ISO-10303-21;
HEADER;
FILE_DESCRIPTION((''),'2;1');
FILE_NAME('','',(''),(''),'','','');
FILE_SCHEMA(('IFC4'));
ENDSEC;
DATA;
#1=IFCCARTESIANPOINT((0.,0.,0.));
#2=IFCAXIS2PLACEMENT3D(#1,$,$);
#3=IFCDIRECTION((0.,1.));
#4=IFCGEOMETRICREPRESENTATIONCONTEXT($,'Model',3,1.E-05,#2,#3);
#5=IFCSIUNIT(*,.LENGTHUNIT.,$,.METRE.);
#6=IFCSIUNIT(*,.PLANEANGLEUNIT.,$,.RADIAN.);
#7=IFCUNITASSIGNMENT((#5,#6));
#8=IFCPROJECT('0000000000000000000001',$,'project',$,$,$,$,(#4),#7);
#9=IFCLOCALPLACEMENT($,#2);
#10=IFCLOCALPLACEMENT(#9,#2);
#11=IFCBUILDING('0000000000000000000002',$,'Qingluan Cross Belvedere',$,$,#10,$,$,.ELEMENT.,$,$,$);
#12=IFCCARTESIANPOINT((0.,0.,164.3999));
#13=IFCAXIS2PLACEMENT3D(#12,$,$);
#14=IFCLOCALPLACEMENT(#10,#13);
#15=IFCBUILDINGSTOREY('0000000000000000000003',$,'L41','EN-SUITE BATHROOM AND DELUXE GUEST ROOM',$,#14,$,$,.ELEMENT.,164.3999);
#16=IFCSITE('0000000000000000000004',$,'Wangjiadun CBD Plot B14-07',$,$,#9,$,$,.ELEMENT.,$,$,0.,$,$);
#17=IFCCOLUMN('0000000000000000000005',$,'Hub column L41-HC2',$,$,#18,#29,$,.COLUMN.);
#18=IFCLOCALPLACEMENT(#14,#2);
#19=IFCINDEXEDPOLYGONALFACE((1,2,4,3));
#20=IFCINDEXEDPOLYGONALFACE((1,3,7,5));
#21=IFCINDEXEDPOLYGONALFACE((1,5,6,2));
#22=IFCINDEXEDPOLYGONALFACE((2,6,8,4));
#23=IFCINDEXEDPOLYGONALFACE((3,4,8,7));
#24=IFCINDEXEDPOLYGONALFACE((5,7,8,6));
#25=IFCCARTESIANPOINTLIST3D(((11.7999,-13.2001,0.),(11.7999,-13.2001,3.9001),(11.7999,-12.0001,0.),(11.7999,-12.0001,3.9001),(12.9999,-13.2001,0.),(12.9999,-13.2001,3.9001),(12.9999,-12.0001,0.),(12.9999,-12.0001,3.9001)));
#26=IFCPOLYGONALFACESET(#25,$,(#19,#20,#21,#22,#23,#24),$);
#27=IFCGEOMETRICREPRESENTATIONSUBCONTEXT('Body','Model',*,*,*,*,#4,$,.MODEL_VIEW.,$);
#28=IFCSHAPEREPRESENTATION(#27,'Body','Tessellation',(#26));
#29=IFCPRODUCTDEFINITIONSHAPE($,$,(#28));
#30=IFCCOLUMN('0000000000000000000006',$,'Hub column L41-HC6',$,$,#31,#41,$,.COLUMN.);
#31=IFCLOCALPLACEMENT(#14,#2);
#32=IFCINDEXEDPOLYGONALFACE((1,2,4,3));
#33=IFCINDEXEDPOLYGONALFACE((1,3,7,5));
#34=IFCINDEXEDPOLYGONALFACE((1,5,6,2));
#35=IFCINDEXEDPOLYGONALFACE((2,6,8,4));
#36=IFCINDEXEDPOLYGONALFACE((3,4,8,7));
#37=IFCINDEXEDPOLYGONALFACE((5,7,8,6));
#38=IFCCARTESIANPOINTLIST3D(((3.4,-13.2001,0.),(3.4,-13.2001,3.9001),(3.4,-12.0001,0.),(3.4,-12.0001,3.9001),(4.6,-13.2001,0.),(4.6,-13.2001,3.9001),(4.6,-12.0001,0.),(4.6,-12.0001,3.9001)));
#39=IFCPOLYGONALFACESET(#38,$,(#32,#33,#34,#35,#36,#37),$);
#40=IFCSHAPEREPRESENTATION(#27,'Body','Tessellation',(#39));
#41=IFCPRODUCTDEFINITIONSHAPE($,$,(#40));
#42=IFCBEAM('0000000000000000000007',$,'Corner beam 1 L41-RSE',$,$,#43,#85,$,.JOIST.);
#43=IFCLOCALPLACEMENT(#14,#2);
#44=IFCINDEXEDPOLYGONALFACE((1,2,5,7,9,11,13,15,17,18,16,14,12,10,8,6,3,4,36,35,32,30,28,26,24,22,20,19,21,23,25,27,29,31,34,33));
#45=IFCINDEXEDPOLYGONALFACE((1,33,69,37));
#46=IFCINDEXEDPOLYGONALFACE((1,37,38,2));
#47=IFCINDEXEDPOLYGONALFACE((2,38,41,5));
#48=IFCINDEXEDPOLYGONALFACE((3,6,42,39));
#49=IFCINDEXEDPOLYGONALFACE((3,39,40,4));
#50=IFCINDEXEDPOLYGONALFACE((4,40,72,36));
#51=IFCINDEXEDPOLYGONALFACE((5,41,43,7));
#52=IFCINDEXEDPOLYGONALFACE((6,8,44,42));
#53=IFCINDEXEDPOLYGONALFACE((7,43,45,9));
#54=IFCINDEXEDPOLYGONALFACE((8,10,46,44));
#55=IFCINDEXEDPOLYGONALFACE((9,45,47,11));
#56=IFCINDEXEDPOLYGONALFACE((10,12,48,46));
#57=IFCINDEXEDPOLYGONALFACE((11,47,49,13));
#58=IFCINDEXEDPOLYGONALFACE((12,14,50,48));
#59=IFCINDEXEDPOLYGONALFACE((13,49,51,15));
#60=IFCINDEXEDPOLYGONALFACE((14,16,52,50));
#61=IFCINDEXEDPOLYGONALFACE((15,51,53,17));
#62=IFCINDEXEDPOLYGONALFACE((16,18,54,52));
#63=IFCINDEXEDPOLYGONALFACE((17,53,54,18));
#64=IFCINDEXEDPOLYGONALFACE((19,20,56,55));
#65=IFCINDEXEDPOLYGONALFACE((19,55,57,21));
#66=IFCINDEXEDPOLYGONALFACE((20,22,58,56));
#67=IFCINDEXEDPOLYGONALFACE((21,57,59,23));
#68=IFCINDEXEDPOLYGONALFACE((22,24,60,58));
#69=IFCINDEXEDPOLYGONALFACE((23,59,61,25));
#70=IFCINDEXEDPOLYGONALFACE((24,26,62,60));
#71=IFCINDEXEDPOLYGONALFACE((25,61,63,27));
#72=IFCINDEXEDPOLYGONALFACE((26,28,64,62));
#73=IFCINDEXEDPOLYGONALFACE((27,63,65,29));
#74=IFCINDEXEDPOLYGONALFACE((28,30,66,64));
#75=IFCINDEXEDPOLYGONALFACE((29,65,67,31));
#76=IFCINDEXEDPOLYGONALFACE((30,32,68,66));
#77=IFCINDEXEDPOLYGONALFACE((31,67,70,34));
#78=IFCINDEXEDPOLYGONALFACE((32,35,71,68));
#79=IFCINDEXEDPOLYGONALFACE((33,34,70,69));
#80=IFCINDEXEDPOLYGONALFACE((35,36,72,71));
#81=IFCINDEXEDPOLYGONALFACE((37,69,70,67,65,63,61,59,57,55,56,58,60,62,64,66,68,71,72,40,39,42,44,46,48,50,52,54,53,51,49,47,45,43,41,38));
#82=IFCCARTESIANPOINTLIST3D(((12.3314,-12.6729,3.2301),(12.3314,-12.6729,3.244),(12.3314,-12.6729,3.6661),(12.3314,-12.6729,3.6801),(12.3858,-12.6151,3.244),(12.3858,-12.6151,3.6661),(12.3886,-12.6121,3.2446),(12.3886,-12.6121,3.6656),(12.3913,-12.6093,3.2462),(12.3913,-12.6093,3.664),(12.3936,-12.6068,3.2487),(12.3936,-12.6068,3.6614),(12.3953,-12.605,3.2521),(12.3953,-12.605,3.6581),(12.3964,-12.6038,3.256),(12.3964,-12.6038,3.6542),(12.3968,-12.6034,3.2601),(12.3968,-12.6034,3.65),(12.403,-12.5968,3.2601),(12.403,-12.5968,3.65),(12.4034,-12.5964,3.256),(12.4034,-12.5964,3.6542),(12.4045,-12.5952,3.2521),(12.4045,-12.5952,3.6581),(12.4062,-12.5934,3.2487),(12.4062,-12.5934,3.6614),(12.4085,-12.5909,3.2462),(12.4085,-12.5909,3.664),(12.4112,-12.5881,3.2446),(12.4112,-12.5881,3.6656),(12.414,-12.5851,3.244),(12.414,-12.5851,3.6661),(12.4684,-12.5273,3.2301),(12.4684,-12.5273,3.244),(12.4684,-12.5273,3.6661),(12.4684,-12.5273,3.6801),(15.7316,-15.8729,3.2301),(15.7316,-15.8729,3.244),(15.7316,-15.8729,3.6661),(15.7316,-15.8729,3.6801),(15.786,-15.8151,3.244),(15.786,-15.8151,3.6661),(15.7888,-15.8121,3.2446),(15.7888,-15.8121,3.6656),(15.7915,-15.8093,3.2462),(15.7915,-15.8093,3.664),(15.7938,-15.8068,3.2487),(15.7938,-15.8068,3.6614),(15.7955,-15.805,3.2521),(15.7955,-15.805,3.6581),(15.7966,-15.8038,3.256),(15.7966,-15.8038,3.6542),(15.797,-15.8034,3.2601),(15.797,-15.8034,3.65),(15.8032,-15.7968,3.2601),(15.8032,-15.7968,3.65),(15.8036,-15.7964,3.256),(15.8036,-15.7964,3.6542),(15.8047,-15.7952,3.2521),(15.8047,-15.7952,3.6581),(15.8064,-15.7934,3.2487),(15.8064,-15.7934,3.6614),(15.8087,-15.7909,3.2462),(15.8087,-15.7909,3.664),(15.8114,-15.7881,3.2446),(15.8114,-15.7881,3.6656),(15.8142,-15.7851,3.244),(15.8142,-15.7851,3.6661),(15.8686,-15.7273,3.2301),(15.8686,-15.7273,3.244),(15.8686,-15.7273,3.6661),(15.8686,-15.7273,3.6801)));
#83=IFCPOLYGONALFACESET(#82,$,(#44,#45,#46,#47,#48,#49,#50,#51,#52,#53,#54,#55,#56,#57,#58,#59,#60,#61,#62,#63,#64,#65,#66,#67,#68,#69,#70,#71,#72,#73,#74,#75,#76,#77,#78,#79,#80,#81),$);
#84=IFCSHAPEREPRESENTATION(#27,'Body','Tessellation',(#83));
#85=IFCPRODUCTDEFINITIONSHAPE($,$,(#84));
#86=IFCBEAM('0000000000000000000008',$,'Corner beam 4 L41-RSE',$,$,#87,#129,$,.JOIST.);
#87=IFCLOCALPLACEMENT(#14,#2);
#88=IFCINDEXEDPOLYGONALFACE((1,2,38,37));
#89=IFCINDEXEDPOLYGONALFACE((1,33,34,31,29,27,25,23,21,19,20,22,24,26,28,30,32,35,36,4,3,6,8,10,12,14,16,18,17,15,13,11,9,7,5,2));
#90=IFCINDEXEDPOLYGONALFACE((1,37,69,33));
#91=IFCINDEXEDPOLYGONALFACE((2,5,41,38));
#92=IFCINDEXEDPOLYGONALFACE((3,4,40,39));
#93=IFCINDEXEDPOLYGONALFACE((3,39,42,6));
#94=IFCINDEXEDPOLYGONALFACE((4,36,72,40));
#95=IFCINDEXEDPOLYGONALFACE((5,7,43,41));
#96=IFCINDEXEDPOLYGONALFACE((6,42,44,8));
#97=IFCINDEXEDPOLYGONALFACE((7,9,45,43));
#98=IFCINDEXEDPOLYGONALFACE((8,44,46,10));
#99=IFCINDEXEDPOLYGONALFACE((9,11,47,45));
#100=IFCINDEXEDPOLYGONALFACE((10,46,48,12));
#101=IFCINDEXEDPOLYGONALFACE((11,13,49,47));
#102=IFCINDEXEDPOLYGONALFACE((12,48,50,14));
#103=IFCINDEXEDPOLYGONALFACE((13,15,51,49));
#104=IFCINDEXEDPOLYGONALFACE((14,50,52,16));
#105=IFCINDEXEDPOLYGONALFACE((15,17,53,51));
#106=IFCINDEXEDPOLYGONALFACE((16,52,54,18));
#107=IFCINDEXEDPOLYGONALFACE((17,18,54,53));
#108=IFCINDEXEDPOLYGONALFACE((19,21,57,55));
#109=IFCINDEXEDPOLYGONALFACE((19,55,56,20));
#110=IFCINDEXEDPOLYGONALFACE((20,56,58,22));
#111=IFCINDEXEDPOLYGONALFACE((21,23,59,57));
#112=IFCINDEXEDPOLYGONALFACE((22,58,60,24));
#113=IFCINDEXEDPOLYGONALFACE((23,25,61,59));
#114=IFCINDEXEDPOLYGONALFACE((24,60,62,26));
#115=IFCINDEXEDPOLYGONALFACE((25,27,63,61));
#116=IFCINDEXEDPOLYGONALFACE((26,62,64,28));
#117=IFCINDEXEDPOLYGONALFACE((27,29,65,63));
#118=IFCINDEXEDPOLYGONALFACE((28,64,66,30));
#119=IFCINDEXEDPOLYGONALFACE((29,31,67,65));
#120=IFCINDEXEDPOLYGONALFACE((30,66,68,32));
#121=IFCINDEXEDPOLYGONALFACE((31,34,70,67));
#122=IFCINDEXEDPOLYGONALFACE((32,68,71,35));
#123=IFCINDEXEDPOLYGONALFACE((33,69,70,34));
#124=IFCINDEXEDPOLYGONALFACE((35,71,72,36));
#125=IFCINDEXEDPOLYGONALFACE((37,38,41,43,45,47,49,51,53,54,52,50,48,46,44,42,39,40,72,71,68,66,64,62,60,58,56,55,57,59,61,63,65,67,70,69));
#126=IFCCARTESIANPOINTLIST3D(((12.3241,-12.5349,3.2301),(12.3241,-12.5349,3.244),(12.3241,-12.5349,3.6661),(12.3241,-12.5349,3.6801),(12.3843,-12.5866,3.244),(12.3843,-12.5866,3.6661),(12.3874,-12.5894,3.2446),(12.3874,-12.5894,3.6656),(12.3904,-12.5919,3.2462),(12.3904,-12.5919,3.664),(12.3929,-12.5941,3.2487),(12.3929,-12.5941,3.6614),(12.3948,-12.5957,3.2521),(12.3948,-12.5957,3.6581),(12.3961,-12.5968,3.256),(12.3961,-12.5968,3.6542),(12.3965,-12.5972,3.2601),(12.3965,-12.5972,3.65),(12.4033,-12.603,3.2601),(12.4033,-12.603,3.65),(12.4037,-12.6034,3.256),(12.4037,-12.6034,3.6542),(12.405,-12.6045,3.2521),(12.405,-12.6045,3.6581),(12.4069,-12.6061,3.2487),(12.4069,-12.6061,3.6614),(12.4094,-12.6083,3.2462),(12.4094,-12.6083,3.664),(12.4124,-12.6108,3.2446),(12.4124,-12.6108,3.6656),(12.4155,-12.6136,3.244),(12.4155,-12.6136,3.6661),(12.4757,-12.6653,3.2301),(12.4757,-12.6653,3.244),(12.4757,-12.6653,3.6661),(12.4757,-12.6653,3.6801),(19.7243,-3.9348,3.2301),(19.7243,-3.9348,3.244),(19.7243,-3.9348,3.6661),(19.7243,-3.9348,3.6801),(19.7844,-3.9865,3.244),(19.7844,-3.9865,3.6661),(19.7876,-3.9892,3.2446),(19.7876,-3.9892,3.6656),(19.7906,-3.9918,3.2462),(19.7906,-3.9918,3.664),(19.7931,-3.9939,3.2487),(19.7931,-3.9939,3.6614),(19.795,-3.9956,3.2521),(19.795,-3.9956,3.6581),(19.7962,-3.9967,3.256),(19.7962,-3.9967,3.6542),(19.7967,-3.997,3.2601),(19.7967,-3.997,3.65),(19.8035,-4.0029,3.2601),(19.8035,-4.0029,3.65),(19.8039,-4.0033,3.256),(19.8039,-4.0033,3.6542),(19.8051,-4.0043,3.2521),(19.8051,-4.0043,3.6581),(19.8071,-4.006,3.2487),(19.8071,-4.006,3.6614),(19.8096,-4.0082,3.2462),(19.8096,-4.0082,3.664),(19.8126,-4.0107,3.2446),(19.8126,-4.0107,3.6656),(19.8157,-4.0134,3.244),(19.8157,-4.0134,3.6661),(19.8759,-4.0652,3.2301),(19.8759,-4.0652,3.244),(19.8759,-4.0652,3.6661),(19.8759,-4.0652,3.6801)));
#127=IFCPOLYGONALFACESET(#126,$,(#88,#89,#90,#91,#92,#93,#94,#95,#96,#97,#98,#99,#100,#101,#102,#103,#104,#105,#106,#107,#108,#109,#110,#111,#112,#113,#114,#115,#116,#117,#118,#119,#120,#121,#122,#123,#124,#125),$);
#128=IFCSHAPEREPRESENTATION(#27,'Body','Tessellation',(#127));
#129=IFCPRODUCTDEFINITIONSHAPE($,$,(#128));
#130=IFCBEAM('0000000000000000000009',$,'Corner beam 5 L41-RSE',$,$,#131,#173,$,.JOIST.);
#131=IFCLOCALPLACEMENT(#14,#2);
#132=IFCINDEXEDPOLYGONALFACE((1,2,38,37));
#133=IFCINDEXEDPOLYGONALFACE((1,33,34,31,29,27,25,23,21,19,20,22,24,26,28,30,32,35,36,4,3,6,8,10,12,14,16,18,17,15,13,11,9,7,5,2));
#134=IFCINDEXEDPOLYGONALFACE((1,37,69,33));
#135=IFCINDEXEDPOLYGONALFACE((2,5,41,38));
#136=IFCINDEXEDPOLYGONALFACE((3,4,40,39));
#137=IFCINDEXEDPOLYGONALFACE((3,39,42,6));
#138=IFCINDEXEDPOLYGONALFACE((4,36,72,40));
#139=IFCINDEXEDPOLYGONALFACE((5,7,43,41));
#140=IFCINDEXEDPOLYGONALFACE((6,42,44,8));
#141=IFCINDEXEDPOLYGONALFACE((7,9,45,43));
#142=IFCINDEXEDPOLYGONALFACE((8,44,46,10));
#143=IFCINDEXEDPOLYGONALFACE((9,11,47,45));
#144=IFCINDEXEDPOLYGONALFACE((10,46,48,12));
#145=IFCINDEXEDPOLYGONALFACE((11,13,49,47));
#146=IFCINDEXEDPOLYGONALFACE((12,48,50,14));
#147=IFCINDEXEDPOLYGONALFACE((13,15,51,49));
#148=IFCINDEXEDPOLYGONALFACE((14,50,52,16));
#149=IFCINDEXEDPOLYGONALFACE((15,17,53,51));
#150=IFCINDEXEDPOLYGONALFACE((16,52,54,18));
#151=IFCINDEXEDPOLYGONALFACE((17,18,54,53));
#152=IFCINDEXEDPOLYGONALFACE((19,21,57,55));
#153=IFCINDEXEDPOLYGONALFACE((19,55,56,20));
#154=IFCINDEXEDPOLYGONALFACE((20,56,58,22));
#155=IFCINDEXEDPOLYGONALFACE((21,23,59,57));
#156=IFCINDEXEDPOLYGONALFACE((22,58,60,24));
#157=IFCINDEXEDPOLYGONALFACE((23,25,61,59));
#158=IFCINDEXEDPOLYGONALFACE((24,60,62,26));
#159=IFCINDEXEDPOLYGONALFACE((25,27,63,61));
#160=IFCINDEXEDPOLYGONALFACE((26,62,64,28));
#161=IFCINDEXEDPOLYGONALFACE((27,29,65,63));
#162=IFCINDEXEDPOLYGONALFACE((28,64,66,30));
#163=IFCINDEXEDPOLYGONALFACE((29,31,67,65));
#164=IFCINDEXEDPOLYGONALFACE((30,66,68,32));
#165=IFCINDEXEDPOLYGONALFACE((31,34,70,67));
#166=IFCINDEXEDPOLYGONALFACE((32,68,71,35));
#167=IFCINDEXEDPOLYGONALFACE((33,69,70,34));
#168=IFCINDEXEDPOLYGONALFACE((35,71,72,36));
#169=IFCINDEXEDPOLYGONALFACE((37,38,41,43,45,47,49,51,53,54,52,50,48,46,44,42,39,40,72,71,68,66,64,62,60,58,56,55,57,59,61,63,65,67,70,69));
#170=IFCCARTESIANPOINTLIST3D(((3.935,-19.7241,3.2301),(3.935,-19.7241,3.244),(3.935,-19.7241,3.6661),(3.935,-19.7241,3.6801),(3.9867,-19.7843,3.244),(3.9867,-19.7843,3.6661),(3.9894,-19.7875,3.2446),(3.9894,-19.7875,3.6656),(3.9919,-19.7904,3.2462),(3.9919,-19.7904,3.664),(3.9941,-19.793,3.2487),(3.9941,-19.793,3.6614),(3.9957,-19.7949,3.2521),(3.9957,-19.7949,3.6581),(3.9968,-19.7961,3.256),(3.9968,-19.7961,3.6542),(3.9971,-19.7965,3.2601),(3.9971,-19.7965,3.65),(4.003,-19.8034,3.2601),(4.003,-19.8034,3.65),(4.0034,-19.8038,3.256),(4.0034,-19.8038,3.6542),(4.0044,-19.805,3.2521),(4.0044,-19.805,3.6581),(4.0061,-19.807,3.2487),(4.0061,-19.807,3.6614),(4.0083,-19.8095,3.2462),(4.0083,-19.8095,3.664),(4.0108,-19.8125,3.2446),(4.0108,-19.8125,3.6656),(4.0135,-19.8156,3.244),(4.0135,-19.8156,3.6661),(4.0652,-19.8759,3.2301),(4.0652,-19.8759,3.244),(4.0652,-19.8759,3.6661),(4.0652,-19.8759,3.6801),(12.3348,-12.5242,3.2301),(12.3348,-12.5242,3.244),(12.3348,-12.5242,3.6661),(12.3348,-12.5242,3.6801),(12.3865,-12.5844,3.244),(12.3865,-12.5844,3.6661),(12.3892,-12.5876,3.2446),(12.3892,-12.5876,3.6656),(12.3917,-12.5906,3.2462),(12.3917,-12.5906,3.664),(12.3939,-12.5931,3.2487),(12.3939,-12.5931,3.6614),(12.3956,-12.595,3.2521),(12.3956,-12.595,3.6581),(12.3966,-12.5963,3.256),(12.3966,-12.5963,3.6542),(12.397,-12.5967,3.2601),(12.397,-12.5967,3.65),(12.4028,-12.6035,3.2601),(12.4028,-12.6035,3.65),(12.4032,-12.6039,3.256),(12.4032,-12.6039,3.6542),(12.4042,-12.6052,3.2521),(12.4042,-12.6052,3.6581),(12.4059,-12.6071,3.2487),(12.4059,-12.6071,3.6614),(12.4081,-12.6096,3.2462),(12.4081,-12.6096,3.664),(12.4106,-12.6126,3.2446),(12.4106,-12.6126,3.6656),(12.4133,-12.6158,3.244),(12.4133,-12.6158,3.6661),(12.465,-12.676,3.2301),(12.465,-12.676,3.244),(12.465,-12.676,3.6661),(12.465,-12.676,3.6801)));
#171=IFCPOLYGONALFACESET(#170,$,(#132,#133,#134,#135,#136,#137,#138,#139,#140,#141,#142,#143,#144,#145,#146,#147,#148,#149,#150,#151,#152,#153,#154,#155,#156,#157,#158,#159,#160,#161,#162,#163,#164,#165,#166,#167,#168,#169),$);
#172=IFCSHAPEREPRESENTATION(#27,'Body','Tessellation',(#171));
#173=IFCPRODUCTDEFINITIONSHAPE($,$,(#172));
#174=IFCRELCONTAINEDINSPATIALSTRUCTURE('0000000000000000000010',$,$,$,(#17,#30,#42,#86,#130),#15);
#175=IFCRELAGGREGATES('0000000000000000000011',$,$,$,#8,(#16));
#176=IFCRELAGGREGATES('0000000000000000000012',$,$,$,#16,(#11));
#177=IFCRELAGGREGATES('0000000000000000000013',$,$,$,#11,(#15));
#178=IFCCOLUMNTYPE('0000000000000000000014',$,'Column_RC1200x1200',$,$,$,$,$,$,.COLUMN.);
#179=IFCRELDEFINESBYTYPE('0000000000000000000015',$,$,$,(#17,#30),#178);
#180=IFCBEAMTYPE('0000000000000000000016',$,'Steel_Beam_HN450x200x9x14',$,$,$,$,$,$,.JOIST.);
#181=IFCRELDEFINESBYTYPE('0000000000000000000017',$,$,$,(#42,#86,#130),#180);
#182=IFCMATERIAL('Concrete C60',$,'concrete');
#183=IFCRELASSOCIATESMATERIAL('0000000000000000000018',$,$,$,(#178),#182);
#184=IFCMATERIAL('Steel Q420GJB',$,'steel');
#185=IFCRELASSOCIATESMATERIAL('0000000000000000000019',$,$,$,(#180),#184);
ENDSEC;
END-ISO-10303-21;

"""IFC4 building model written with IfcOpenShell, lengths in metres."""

from ifc_helpers import new_model, si_unit, direction, frame, origin, origin_2d, place, context, subcontext, project, spatial, rectangle, i_section, extrude, material, material_profile, profile_set, type_object, element, save


model = new_model("IFC4")

# Units and contexts
model_context = context("Model", 3, precision=1e-05, world=origin(), true_north=direction((0.0, 1.0)))
body_context = subcontext(model_context, "Body", "Model", "MODEL_VIEW")
ifc_project = project(units=[si_unit("LENGTHUNIT", "METRE"), si_unit("PLANEANGLEUNIT", "RADIAN")], contexts=[model_context])

# Site, building, storey
site_placement = place(None, origin())
site = spatial("IfcSite", under=ifc_project, at=site_placement, Name="Wangjiadun CBD Plot B14-07", CompositionType="ELEMENT", RefElevation=0.0)
building_placement = place(site_placement, origin())
building = spatial("IfcBuilding", under=site, at=building_placement, Name="Qingluan Cross Belvedere", CompositionType="ELEMENT")
storey_placement = place(building_placement, frame((0.0, 0.0, 164.3999)))
storey = spatial("IfcBuildingStorey", under=building, at=storey_placement, Name="L41", Description="EN-SUITE BATHROOM AND DELUXE GUEST ROOM", CompositionType="ELEMENT", Elevation=164.3999)

# Columns
ifc_material_1 = material(Name="Concrete C60", Category="concrete")
ifc_material_profile_1 = material_profile(ifc_material_1, rectangle(XDim=1.2, YDim=1.2, at=origin_2d()), Name="RC1200x1200")
ifc_profile_set_1 = profile_set([ifc_material_profile_1], Name="Concrete C60")
column_type = type_object("IfcColumnType", Name="Column_RC1200x1200", PredefinedType="COLUMN", material=ifc_profile_set_1)
for number, where, z_axis, x_axis, name in (
    (1, (12.3999, -12.6001, 0.0), (0.0, 0.0, 1.0), (1.0, 0.0, 0.0), "Hub column L41-HC2"),
    (2, (4.0, -12.6001, 0.0), (0.0, 0.0, 1.0), (1.0, 0.0, 0.0), "Hub column L41-HC6"),
):
    element("IfcColumn", number, at=place(storey_placement, frame(where, z_axis=z_axis, x_axis=x_axis)), inside=storey, type_object=column_type, Name=name, PredefinedType="COLUMN", context=body_context, shape_type="SweptSolid", body=[
        extrude(rectangle(XDim=1.2, YDim=1.2, at=origin_2d()), origin(), (0.0, 0.0, 1.0), 3.9001),
    ])

# Beams
ifc_material_2 = material(Name="Steel Q420GJB", Category="steel")
ifc_material_profile_2 = material_profile(ifc_material_2, i_section(OverallWidth=0.2, OverallDepth=0.45, WebThickness=0.009, FlangeThickness=0.0139, FilletRadius=0.0161, at=origin_2d()), Name="HN450x200x9x14")
ifc_profile_set_2 = profile_set([ifc_material_profile_2], Name="Steel Q420GJB")
beam_type_1 = type_object("IfcBeamType", Name="Steel_Beam_HN450x200x9x14", PredefinedType="JOIST", material=ifc_profile_set_2)
beam_1_placement = place(storey_placement, frame((12.3999, -12.6001, 3.4551), z_axis=(0.72822, -0.685343, 0.0), x_axis=(0.685343, 0.72822, 0.0)))
element("IfcBeam", 3, at=beam_1_placement, inside=storey, type_object=beam_type_1, Name="Corner beam 1 L41-RSE", PredefinedType="JOIST", context=body_context, shape_type="SweptSolid", body=[
    extrude(i_section(OverallWidth=0.2, OverallDepth=0.45, WebThickness=0.009, FlangeThickness=0.0139, FilletRadius=0.0161, at=origin_2d()), origin(), (0.0, 0.0, 1.0), 4.6692),
])
beam_2_placement = place(storey_placement, frame((12.3999, -12.6001, 3.4551), z_axis=(0.652245, 0.758008, 0.0), x_axis=(-0.758008, 0.652245, 0.0)))
element("IfcBeam", 4, at=beam_2_placement, inside=storey, type_object=beam_type_1, Name="Corner beam 4 L41-RSE", PredefinedType="JOIST", context=body_context, shape_type="SweptSolid", body=[
    extrude(i_section(OverallWidth=0.2, OverallDepth=0.45, WebThickness=0.009, FlangeThickness=0.0139, FilletRadius=0.0161, at=origin_2d()), origin(), (0.0, 0.0, 1.0), 11.3457),
])
beam_3_placement = place(storey_placement, frame((12.3999, -12.6001, 3.4551), z_axis=(-0.759255, -0.650793, 0.0), x_axis=(0.650793, -0.759255, 0.0)))
element("IfcBeam", 5, at=beam_3_placement, inside=storey, type_object=beam_type_1, Name="Corner beam 5 L41-RSE", PredefinedType="JOIST", context=body_context, shape_type="SweptSolid", body=[
    extrude(i_section(OverallWidth=0.2, OverallDepth=0.45, WebThickness=0.009, FlangeThickness=0.0139, FilletRadius=0.0161, at=origin_2d()), origin(), (0.0, 0.0, 1.0), 11.0632),
])

save(model, "model.ifc")
